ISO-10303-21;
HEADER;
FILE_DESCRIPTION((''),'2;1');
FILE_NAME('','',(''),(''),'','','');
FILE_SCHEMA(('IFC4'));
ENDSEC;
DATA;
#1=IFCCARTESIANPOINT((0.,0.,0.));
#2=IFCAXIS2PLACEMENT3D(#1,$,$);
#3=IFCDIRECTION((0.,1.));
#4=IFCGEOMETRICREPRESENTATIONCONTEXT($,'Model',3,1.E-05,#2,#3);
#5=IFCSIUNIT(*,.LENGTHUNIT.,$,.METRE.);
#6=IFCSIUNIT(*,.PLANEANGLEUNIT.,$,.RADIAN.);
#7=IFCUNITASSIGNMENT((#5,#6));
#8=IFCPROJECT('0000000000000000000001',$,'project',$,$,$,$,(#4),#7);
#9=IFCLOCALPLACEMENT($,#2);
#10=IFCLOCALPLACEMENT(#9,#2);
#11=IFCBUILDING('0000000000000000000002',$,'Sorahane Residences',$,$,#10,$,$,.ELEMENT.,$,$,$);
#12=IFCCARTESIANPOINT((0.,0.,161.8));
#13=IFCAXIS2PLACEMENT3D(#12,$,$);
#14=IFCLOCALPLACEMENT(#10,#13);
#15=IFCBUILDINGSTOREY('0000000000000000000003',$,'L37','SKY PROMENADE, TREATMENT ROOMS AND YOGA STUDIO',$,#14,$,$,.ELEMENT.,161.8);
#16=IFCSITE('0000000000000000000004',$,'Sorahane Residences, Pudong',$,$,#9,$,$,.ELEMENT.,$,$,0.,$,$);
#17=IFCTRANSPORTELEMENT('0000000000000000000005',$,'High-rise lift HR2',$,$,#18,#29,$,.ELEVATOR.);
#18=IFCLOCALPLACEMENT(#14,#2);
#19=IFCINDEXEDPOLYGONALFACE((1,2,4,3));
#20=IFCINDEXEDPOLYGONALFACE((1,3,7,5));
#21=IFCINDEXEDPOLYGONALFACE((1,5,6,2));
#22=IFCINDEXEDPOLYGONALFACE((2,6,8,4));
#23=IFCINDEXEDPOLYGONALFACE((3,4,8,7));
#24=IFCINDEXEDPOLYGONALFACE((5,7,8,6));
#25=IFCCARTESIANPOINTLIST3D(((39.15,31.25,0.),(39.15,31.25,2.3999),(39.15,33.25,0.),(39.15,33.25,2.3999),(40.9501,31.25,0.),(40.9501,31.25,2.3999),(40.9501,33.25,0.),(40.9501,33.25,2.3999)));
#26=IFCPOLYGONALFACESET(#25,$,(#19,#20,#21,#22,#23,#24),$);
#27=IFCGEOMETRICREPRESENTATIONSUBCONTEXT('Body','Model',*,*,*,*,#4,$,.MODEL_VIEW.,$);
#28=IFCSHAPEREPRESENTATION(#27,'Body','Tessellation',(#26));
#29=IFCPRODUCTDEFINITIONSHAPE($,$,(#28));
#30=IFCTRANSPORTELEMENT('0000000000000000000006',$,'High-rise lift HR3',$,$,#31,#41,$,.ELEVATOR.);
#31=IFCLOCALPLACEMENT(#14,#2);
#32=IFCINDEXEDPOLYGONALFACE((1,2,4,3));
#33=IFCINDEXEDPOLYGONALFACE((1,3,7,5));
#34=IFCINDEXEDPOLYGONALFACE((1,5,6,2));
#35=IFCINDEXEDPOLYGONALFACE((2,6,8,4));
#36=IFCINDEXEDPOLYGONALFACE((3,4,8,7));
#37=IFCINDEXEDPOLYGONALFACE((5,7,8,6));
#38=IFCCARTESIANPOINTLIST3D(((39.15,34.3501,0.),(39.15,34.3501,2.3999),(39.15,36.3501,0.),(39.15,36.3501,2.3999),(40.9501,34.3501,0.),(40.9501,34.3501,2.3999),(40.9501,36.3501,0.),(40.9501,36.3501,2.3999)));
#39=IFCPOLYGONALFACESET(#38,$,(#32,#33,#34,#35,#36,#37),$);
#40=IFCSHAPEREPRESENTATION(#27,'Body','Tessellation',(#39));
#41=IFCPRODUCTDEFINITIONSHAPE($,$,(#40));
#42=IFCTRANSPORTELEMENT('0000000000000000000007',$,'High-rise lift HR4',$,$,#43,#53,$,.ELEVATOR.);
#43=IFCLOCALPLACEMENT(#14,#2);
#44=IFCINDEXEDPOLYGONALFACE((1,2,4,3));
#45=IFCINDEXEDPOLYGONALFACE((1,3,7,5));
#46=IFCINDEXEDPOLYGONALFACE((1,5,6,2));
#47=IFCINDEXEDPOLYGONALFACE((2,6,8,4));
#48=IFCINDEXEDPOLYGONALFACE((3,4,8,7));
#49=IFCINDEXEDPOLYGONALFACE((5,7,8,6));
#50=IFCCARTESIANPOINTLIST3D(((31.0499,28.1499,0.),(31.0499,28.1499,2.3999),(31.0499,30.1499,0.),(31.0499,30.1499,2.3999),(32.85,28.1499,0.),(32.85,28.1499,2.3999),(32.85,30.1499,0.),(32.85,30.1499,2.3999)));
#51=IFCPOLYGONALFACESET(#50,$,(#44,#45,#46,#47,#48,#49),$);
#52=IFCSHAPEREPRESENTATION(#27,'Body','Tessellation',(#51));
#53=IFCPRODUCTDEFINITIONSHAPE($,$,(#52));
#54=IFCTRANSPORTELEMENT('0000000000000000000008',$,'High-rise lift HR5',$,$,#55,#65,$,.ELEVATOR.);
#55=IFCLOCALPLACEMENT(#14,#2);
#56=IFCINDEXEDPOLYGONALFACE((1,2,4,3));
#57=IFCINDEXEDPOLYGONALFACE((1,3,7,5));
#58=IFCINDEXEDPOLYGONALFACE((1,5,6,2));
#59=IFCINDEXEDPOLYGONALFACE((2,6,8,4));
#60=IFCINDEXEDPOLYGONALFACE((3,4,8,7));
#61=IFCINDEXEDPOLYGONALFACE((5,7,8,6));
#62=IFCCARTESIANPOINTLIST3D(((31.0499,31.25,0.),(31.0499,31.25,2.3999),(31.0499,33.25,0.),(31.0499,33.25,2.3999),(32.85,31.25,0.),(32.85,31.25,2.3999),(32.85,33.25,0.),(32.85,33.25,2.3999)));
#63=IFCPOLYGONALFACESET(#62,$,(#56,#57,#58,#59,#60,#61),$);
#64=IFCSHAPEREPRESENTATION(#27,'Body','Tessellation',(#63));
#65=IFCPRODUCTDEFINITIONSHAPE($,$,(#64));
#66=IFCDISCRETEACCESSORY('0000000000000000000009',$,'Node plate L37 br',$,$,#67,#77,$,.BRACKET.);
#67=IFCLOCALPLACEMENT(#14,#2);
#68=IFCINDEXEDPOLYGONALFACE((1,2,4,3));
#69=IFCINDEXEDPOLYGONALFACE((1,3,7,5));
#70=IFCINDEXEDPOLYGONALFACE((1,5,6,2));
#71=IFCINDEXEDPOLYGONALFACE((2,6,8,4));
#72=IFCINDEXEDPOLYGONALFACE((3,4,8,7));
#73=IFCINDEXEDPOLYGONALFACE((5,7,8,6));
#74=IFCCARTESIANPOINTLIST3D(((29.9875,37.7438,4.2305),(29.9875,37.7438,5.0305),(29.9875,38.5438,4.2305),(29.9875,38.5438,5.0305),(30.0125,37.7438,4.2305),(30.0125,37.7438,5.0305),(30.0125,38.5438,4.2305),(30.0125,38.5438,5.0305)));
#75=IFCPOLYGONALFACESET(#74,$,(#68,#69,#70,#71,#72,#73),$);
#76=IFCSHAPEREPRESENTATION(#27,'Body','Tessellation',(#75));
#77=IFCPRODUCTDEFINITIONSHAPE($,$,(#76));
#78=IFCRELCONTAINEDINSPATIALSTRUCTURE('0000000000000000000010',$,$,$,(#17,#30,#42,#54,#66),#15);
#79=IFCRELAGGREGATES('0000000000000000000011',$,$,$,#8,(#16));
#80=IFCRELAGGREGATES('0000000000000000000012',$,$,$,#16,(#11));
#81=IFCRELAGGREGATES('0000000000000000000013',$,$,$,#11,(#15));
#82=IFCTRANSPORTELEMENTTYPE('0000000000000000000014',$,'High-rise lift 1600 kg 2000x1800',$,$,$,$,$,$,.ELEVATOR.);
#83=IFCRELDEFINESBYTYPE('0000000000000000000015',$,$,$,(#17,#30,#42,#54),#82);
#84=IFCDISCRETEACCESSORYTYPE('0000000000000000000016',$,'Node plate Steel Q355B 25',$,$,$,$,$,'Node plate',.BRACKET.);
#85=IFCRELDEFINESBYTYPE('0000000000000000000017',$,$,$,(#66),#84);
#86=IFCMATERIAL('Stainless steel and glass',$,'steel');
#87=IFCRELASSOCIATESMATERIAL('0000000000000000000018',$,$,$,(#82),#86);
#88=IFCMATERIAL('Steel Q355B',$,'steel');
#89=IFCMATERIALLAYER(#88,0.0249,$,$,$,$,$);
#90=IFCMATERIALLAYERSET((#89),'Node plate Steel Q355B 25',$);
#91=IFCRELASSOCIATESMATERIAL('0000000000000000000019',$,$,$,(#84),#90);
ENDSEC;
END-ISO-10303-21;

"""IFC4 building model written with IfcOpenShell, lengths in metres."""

from ifc_helpers import new_model, si_unit, direction, frame, origin, origin_2d, place, context, subcontext, project, spatial, rectangle, extrude, material, layer, layer_set, type_object, element, save


model = new_model("IFC4")

# Units and contexts
model_context = context("Model", 3, precision=1e-05, world=origin(), true_north=direction((0.0, 1.0)))
body_context = subcontext(model_context, "Body", "Model", "MODEL_VIEW")
ifc_project = project(units=[si_unit("LENGTHUNIT", "METRE"), si_unit("PLANEANGLEUNIT", "RADIAN")], contexts=[model_context])

# Site, building, storey
site_placement = place(None, origin())
site = spatial("IfcSite", under=ifc_project, at=site_placement, Name="Sorahane Residences, Pudong", CompositionType="ELEMENT", RefElevation=0.0)
building_placement = place(site_placement, origin())
building = spatial("IfcBuilding", under=site, at=building_placement, Name="Sorahane Residences", CompositionType="ELEMENT")
storey_placement = place(building_placement, frame((0.0, 0.0, 161.8)))
storey = spatial("IfcBuildingStorey", under=building, at=storey_placement, Name="L37", Description="SKY PROMENADE, TREATMENT ROOMS AND YOGA STUDIO", CompositionType="ELEMENT", Elevation=161.8)

# Transport elements
ifc_material_1 = material(Name="Stainless steel and glass", Category="steel")
transport_element_type = type_object("IfcTransportElementType", Name="High-rise lift 1600 kg 2000x1800", PredefinedType="ELEVATOR", material=ifc_material_1)
for number, where, z_axis, x_axis, name in (
    (1, (40.05, 32.25, 0.0), (0.0, 0.0, 1.0), (1.0, 0.0, 0.0), "High-rise lift HR2"),
    (2, (40.05, 35.3501, 0.0), (0.0, 0.0, 1.0), (1.0, 0.0, 0.0), "High-rise lift HR3"),
    (3, (31.95, 29.1499, 0.0), (0.0, 0.0, 1.0), (1.0, 0.0, 0.0), "High-rise lift HR4"),
    (4, (31.95, 32.25, 0.0), (0.0, 0.0, 1.0), (1.0, 0.0, 0.0), "High-rise lift HR5"),
):
    element("IfcTransportElement", number, at=place(storey_placement, frame(where, z_axis=z_axis, x_axis=x_axis)), inside=storey, type_object=transport_element_type, Name=name, PredefinedType="ELEVATOR", context=body_context, shape_type="SweptSolid", body=[
        extrude(rectangle(XDim=1.8, YDim=2.0, at=origin_2d()), origin(), (0.0, 0.0, 1.0), 2.3999),
    ])

# Discrete accessory
ifc_material_2 = material(Name="Steel Q355B", Category="steel")
ifc_layer_1 = layer(ifc_material_2, 0.0249)
ifc_layer_set_1 = layer_set([ifc_layer_1], Name="Node plate Steel Q355B 25")
discrete_accessory_type = type_object("IfcDiscreteAccessoryType", Name="Node plate Steel Q355B 25", ElementType="Node plate", PredefinedType="BRACKET", material=ifc_layer_set_1)
discrete_accessory_placement = place(storey_placement, frame((30.0, 38.1438, 4.2305), z_axis=(0.0, 0.0, 1.0), x_axis=(0.0, 1.0, 0.0)))
element("IfcDiscreteAccessory", 5, at=discrete_accessory_placement, inside=storey, type_object=discrete_accessory_type, Name="Node plate L37 br", PredefinedType="BRACKET", context=body_context, shape_type="SweptSolid", body=[
    extrude(rectangle(XDim=0.8, YDim=0.0249, at=origin_2d()), origin(), (0.0, 0.0, 1.0), 0.8),
])

save(model, "model.ifc")
